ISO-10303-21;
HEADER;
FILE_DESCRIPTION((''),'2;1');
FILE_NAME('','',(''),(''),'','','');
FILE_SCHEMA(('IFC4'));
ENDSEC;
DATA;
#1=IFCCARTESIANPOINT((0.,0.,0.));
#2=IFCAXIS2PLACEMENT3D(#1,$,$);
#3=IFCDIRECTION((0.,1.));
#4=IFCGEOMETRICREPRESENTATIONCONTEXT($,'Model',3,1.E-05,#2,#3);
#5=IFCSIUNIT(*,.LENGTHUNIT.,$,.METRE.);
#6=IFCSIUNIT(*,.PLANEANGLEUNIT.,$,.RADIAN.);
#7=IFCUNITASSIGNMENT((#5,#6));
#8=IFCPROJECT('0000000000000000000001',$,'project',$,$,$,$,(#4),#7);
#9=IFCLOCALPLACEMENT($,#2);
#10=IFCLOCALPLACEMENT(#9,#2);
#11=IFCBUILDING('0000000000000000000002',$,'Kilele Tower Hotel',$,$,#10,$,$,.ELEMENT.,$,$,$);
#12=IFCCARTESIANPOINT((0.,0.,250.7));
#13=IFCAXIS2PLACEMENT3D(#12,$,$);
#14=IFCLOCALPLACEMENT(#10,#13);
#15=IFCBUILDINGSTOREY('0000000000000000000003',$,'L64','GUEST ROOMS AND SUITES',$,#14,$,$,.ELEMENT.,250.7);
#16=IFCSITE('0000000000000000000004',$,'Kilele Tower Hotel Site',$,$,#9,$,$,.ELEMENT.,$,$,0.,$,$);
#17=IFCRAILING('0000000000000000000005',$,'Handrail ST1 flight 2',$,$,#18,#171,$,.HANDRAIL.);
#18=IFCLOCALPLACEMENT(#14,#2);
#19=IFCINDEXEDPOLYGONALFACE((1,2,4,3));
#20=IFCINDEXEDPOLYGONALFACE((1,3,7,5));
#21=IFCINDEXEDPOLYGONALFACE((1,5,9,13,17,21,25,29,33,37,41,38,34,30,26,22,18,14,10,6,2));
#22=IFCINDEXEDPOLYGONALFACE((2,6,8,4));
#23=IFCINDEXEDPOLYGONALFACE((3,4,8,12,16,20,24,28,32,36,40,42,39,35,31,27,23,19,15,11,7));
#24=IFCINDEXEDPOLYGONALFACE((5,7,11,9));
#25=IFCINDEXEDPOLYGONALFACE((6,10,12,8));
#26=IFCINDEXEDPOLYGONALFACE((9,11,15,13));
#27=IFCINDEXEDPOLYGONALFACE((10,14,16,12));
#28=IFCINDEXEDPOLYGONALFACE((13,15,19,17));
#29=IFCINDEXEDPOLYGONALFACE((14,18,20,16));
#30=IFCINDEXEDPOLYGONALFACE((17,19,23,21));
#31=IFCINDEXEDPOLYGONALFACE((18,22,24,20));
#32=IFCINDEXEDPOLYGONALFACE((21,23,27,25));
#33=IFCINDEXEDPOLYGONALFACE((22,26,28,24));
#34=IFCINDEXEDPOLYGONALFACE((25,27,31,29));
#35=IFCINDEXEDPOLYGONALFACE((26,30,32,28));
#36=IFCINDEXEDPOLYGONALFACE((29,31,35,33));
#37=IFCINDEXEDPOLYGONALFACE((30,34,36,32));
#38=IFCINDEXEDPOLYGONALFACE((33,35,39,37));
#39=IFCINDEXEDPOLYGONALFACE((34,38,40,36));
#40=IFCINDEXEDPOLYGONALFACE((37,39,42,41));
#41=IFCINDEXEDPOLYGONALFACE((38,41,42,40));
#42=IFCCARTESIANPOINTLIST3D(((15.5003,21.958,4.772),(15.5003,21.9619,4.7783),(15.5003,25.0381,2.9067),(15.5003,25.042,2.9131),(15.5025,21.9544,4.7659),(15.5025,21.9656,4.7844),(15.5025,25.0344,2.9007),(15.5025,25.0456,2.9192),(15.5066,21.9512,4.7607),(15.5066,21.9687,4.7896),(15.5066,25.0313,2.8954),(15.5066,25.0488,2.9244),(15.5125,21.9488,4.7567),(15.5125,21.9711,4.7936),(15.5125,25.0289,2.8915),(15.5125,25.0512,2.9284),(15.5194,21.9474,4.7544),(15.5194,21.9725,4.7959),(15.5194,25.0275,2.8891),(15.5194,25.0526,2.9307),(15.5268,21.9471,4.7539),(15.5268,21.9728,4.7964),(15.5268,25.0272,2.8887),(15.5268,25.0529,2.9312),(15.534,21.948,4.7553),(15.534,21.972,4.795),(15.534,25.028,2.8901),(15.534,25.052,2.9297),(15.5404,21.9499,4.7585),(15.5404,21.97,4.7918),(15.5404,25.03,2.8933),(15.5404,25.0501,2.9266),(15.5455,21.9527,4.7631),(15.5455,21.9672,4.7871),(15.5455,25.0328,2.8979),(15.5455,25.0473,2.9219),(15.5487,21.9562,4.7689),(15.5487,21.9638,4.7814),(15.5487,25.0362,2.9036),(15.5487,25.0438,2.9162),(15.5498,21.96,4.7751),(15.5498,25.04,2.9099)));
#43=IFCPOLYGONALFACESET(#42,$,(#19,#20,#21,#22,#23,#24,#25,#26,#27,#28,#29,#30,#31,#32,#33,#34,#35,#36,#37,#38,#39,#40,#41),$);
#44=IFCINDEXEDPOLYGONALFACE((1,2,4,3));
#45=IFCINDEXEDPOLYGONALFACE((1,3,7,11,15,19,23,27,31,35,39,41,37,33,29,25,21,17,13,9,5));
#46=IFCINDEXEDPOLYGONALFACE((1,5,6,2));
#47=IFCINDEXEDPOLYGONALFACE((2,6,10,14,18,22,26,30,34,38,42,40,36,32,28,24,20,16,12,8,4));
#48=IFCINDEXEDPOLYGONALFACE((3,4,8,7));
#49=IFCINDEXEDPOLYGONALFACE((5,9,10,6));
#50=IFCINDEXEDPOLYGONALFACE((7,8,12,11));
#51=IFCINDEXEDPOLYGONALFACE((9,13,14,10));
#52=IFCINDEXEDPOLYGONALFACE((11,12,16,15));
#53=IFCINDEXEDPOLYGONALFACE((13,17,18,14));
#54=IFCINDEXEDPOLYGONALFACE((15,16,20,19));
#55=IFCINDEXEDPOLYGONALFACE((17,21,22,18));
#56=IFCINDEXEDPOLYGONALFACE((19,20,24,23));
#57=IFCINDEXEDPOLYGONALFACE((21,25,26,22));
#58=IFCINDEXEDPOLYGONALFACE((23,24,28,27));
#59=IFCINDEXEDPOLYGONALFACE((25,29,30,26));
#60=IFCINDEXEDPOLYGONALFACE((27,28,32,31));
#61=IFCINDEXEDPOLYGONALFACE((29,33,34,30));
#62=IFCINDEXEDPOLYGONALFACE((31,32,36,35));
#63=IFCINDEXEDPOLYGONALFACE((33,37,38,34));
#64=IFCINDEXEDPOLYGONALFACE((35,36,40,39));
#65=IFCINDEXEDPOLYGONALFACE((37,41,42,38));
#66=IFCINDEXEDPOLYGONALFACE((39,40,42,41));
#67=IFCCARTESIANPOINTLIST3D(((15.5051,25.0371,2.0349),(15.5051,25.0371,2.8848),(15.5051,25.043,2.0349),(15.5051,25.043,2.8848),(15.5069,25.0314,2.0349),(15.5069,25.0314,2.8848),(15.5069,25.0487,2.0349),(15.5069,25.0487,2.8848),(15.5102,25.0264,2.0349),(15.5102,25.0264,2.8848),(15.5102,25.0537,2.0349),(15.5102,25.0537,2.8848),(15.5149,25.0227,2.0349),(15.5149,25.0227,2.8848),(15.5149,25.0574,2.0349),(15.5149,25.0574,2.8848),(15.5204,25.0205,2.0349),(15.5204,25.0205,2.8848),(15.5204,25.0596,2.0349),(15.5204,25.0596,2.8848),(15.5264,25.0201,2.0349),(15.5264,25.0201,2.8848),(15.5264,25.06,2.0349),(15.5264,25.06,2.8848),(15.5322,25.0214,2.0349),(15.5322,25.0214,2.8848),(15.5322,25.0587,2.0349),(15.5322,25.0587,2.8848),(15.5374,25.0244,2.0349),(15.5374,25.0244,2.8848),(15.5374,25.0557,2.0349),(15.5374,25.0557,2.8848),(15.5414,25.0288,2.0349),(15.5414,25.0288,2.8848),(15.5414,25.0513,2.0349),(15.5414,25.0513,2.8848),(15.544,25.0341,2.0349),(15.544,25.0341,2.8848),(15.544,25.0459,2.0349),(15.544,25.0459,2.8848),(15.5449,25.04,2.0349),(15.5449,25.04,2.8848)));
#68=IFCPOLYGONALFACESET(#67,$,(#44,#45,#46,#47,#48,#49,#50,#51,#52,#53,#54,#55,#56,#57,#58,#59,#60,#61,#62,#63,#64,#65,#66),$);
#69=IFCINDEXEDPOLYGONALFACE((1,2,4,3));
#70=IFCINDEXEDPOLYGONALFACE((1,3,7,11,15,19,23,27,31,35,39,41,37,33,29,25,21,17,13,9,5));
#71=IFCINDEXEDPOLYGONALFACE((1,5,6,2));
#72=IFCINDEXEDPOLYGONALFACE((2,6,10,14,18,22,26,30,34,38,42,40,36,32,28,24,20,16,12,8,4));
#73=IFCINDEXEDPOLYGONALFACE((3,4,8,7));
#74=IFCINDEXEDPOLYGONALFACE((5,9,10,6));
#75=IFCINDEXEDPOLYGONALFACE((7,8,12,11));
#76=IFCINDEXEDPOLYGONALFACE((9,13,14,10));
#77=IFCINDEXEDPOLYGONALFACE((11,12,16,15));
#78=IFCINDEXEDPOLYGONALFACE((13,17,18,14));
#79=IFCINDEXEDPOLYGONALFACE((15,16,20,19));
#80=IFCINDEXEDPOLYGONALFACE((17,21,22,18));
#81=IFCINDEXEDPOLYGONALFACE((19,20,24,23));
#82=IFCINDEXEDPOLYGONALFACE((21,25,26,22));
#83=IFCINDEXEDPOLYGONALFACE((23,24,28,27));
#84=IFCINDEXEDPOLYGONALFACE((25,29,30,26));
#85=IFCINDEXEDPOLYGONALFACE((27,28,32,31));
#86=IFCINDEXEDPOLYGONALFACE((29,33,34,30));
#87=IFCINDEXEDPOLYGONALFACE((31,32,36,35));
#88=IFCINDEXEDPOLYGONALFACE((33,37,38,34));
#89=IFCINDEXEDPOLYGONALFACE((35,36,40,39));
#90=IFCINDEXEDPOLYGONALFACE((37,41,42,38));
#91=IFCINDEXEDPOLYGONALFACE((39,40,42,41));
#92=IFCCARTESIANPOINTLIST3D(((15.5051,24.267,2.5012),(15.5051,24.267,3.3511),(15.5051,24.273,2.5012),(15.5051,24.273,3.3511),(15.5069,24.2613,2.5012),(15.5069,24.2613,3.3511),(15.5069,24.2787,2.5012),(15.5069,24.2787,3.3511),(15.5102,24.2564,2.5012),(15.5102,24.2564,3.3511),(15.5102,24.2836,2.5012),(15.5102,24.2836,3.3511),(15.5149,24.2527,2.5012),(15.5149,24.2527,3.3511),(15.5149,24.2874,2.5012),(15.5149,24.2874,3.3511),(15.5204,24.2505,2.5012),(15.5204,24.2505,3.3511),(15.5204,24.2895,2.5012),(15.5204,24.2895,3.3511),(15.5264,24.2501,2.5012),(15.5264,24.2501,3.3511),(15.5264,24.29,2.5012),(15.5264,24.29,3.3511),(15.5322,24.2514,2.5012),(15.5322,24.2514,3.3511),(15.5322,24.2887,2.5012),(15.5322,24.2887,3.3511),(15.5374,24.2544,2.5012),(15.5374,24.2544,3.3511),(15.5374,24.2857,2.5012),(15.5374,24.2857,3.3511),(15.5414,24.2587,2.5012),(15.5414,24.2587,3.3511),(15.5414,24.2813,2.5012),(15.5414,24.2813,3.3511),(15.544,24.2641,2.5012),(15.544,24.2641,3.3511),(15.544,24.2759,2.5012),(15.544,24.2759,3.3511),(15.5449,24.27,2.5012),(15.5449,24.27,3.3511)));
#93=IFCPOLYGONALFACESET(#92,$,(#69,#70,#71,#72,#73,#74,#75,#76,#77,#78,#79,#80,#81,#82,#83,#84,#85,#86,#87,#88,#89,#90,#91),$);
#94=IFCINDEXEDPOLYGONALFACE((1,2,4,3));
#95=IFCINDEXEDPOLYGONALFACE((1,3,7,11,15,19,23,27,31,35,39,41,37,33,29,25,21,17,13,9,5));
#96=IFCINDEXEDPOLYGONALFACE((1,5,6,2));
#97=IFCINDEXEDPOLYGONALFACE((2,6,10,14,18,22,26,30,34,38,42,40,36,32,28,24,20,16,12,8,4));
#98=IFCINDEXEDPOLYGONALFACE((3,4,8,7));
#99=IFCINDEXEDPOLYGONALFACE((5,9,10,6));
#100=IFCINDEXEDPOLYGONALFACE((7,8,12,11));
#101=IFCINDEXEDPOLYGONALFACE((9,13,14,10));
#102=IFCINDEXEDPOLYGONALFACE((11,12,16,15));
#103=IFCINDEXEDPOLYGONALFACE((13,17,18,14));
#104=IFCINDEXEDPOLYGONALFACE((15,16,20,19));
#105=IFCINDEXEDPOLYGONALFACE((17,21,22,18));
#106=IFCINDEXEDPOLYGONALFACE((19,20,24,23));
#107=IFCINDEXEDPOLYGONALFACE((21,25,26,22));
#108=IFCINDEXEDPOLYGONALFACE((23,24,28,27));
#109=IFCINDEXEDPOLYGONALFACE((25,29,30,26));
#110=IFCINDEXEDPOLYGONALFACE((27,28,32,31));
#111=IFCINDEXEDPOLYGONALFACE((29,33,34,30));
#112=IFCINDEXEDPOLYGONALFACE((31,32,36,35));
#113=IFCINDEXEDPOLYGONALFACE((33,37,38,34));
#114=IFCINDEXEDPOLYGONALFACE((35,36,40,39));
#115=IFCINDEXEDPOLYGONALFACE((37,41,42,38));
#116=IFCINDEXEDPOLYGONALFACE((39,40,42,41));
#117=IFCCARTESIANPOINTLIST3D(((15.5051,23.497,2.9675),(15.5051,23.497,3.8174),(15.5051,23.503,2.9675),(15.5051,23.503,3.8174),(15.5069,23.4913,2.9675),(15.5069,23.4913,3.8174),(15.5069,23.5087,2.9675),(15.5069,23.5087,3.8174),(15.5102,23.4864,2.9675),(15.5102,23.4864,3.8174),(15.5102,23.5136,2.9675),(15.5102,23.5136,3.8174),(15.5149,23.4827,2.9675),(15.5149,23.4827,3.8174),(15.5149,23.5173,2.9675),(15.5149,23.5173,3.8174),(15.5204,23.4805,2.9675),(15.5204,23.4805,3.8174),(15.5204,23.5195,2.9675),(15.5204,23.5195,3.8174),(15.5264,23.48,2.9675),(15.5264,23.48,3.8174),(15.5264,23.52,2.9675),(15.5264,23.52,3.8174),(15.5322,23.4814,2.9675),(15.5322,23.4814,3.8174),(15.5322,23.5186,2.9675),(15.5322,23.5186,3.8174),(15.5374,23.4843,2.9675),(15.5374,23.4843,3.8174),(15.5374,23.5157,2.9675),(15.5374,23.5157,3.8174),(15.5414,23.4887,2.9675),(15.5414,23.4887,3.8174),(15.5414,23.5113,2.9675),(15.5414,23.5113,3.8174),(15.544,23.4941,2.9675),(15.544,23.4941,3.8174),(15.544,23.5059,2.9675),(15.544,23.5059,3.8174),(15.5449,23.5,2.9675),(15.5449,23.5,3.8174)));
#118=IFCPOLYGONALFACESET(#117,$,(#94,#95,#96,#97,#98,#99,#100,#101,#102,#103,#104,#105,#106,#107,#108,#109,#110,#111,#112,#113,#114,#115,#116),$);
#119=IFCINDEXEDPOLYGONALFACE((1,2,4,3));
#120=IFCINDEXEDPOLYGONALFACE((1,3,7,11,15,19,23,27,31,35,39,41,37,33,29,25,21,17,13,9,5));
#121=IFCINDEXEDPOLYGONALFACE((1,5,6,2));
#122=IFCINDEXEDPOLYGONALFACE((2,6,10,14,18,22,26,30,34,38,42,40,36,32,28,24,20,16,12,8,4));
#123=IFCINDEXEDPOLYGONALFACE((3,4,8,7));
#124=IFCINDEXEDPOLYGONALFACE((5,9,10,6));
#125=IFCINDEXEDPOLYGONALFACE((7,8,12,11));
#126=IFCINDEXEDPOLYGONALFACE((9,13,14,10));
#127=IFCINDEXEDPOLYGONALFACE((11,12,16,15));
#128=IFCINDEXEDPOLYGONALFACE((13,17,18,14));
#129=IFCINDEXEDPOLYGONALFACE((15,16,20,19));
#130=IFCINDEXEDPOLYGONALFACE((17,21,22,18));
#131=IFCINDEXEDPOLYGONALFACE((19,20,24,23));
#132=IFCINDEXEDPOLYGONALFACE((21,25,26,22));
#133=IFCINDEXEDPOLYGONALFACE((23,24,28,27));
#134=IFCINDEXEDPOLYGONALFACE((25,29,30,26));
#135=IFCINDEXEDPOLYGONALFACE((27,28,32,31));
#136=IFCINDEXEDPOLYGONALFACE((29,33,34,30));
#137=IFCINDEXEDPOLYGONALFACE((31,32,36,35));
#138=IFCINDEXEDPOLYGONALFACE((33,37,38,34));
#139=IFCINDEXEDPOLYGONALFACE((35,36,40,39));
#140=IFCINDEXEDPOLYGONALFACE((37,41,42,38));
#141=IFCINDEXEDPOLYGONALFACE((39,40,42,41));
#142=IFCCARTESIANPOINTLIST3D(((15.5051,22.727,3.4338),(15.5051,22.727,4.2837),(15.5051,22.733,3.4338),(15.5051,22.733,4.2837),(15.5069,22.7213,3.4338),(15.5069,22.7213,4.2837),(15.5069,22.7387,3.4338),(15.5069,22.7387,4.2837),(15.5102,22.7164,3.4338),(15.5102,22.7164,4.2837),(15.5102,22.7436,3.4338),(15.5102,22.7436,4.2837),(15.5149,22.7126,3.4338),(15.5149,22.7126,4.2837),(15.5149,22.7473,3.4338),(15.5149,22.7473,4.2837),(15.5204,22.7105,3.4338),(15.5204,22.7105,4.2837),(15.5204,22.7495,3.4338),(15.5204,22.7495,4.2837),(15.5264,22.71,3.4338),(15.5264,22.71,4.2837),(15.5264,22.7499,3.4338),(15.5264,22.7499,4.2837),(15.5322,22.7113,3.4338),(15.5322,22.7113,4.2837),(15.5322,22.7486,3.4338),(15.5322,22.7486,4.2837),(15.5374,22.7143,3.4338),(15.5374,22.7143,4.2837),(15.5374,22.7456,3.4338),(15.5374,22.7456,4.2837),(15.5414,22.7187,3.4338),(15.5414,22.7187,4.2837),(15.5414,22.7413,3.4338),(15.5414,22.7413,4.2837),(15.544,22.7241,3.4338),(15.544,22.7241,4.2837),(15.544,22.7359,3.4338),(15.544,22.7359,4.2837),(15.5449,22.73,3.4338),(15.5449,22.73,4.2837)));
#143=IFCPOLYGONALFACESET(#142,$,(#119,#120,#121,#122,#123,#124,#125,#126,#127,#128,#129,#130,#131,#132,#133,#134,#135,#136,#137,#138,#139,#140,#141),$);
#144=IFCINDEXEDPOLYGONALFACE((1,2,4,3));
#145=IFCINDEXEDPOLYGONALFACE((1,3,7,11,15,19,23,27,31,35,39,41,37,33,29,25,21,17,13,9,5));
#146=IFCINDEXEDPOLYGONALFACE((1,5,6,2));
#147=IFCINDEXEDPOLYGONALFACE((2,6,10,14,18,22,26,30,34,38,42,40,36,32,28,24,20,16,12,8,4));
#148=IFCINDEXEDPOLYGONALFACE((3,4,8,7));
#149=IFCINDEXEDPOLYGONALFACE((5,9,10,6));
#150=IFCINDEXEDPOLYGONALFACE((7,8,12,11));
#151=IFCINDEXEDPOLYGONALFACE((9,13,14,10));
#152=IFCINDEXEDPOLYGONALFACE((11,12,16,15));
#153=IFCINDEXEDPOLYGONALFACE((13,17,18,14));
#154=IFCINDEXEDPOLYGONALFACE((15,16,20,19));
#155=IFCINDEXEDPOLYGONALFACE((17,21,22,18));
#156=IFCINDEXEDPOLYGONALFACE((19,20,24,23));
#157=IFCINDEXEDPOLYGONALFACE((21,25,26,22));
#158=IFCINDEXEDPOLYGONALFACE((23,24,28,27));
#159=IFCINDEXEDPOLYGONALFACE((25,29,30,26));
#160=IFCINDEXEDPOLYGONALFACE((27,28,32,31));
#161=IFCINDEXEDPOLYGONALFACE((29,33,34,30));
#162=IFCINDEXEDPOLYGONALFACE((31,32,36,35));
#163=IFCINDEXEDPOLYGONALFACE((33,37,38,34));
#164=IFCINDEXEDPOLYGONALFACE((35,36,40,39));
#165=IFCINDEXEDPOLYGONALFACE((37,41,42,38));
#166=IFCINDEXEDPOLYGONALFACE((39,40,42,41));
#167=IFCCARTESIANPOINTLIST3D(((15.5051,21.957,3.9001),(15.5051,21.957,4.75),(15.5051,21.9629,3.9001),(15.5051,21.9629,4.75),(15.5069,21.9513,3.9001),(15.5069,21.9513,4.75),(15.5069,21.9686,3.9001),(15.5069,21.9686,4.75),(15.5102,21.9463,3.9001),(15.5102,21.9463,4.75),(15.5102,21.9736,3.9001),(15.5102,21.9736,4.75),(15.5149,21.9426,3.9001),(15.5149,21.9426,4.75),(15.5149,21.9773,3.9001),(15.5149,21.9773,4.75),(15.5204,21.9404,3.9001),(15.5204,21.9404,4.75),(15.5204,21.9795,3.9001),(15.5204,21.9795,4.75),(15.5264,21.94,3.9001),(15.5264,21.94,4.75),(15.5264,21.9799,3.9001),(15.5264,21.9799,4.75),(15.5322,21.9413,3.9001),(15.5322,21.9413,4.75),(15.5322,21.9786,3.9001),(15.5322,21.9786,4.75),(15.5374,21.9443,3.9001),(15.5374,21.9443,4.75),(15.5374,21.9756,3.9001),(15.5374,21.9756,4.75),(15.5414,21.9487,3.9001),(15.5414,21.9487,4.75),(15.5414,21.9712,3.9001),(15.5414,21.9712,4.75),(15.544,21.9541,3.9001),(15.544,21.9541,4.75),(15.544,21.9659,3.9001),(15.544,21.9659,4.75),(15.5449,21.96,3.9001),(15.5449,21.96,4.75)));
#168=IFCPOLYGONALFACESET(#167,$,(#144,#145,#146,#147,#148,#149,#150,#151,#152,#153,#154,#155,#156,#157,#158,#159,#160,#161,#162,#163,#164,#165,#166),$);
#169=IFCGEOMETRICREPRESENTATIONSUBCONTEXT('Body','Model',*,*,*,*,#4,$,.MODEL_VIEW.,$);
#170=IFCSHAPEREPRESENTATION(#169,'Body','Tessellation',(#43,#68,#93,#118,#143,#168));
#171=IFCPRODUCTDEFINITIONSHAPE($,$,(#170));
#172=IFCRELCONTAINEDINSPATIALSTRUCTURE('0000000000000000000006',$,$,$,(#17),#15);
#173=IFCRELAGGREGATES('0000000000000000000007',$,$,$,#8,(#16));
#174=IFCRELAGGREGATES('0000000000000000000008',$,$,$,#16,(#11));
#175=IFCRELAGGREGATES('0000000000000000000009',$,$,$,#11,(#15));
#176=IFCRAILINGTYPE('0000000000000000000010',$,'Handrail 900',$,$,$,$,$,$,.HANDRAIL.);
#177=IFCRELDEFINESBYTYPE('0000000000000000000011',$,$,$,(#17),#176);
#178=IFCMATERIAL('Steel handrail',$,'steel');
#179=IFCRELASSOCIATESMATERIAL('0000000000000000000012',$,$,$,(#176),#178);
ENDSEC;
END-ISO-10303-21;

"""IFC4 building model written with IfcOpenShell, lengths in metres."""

from ifc_helpers import new_model, si_unit, direction, frame, origin, origin_2d, place, context, subcontext, project, spatial, circle, extrude, material, type_object, element, save


model = new_model("IFC4")

# Units and contexts
model_context = context("Model", 3, precision=1e-05, world=origin(), true_north=direction((0.0, 1.0)))
body_context = subcontext(model_context, "Body", "Model", "MODEL_VIEW")
ifc_project = project(units=[si_unit("LENGTHUNIT", "METRE"), si_unit("PLANEANGLEUNIT", "RADIAN")], contexts=[model_context])

# Site, building, storey
site_placement = place(None, origin())
site = spatial("IfcSite", under=ifc_project, at=site_placement, Name="Kilele Tower Hotel Site", CompositionType="ELEMENT", RefElevation=0.0)
building_placement = place(site_placement, origin())
building = spatial("IfcBuilding", under=site, at=building_placement, Name="Kilele Tower Hotel", CompositionType="ELEMENT")
storey_placement = place(building_placement, frame((0.0, 0.0, 250.7)))
storey = spatial("IfcBuildingStorey", under=building, at=storey_placement, Name="L64", Description="GUEST ROOMS AND SUITES", CompositionType="ELEMENT", Elevation=250.7)

# Railing
ifc_material_1 = material(Name="Steel handrail", Category="steel")
railing_type_1 = type_object("IfcRailingType", Name="Handrail 900", PredefinedType="HANDRAIL", material=ifc_material_1)
for number, where, name in (
    (1, (15.5249, 25.04, 2.0349), "Handrail ST1 flight 2"),
):
    element("IfcRailing", number, at=place(storey_placement, frame(where)), inside=storey, type_object=railing_type_1, Name=name, PredefinedType="HANDRAIL", context=body_context, shape_type="SweptSolid", body=[
        extrude(circle(Radius=0.0249, at=origin_2d()), frame((0.0, 0.0, 0.875), z_axis=(0.0, -0.85538, 0.518001), x_axis=(1.0, 0.0, 0.0)), (0.0, 0.0, 1.0), 3.6008),
        extrude(circle(Radius=0.02, at=origin_2d()), origin(), (0.0, 0.0, 1.0), 0.8499),
        extrude(circle(Radius=0.02, at=origin_2d()), frame((0.0, -0.77, 0.4663)), (0.0, 0.0, 1.0), 0.8499),
        extrude(circle(Radius=0.02, at=origin_2d()), frame((0.0, -1.54, 0.9326)), (0.0, 0.0, 1.0), 0.8499),
        extrude(circle(Radius=0.02, at=origin_2d()), frame((0.0, -2.3101, 1.3989)), (0.0, 0.0, 1.0), 0.8499),
        extrude(circle(Radius=0.02, at=origin_2d()), frame((0.0, -3.0801, 1.8652)), (0.0, 0.0, 1.0), 0.8499),
    ])

save(model, "model.ifc")
